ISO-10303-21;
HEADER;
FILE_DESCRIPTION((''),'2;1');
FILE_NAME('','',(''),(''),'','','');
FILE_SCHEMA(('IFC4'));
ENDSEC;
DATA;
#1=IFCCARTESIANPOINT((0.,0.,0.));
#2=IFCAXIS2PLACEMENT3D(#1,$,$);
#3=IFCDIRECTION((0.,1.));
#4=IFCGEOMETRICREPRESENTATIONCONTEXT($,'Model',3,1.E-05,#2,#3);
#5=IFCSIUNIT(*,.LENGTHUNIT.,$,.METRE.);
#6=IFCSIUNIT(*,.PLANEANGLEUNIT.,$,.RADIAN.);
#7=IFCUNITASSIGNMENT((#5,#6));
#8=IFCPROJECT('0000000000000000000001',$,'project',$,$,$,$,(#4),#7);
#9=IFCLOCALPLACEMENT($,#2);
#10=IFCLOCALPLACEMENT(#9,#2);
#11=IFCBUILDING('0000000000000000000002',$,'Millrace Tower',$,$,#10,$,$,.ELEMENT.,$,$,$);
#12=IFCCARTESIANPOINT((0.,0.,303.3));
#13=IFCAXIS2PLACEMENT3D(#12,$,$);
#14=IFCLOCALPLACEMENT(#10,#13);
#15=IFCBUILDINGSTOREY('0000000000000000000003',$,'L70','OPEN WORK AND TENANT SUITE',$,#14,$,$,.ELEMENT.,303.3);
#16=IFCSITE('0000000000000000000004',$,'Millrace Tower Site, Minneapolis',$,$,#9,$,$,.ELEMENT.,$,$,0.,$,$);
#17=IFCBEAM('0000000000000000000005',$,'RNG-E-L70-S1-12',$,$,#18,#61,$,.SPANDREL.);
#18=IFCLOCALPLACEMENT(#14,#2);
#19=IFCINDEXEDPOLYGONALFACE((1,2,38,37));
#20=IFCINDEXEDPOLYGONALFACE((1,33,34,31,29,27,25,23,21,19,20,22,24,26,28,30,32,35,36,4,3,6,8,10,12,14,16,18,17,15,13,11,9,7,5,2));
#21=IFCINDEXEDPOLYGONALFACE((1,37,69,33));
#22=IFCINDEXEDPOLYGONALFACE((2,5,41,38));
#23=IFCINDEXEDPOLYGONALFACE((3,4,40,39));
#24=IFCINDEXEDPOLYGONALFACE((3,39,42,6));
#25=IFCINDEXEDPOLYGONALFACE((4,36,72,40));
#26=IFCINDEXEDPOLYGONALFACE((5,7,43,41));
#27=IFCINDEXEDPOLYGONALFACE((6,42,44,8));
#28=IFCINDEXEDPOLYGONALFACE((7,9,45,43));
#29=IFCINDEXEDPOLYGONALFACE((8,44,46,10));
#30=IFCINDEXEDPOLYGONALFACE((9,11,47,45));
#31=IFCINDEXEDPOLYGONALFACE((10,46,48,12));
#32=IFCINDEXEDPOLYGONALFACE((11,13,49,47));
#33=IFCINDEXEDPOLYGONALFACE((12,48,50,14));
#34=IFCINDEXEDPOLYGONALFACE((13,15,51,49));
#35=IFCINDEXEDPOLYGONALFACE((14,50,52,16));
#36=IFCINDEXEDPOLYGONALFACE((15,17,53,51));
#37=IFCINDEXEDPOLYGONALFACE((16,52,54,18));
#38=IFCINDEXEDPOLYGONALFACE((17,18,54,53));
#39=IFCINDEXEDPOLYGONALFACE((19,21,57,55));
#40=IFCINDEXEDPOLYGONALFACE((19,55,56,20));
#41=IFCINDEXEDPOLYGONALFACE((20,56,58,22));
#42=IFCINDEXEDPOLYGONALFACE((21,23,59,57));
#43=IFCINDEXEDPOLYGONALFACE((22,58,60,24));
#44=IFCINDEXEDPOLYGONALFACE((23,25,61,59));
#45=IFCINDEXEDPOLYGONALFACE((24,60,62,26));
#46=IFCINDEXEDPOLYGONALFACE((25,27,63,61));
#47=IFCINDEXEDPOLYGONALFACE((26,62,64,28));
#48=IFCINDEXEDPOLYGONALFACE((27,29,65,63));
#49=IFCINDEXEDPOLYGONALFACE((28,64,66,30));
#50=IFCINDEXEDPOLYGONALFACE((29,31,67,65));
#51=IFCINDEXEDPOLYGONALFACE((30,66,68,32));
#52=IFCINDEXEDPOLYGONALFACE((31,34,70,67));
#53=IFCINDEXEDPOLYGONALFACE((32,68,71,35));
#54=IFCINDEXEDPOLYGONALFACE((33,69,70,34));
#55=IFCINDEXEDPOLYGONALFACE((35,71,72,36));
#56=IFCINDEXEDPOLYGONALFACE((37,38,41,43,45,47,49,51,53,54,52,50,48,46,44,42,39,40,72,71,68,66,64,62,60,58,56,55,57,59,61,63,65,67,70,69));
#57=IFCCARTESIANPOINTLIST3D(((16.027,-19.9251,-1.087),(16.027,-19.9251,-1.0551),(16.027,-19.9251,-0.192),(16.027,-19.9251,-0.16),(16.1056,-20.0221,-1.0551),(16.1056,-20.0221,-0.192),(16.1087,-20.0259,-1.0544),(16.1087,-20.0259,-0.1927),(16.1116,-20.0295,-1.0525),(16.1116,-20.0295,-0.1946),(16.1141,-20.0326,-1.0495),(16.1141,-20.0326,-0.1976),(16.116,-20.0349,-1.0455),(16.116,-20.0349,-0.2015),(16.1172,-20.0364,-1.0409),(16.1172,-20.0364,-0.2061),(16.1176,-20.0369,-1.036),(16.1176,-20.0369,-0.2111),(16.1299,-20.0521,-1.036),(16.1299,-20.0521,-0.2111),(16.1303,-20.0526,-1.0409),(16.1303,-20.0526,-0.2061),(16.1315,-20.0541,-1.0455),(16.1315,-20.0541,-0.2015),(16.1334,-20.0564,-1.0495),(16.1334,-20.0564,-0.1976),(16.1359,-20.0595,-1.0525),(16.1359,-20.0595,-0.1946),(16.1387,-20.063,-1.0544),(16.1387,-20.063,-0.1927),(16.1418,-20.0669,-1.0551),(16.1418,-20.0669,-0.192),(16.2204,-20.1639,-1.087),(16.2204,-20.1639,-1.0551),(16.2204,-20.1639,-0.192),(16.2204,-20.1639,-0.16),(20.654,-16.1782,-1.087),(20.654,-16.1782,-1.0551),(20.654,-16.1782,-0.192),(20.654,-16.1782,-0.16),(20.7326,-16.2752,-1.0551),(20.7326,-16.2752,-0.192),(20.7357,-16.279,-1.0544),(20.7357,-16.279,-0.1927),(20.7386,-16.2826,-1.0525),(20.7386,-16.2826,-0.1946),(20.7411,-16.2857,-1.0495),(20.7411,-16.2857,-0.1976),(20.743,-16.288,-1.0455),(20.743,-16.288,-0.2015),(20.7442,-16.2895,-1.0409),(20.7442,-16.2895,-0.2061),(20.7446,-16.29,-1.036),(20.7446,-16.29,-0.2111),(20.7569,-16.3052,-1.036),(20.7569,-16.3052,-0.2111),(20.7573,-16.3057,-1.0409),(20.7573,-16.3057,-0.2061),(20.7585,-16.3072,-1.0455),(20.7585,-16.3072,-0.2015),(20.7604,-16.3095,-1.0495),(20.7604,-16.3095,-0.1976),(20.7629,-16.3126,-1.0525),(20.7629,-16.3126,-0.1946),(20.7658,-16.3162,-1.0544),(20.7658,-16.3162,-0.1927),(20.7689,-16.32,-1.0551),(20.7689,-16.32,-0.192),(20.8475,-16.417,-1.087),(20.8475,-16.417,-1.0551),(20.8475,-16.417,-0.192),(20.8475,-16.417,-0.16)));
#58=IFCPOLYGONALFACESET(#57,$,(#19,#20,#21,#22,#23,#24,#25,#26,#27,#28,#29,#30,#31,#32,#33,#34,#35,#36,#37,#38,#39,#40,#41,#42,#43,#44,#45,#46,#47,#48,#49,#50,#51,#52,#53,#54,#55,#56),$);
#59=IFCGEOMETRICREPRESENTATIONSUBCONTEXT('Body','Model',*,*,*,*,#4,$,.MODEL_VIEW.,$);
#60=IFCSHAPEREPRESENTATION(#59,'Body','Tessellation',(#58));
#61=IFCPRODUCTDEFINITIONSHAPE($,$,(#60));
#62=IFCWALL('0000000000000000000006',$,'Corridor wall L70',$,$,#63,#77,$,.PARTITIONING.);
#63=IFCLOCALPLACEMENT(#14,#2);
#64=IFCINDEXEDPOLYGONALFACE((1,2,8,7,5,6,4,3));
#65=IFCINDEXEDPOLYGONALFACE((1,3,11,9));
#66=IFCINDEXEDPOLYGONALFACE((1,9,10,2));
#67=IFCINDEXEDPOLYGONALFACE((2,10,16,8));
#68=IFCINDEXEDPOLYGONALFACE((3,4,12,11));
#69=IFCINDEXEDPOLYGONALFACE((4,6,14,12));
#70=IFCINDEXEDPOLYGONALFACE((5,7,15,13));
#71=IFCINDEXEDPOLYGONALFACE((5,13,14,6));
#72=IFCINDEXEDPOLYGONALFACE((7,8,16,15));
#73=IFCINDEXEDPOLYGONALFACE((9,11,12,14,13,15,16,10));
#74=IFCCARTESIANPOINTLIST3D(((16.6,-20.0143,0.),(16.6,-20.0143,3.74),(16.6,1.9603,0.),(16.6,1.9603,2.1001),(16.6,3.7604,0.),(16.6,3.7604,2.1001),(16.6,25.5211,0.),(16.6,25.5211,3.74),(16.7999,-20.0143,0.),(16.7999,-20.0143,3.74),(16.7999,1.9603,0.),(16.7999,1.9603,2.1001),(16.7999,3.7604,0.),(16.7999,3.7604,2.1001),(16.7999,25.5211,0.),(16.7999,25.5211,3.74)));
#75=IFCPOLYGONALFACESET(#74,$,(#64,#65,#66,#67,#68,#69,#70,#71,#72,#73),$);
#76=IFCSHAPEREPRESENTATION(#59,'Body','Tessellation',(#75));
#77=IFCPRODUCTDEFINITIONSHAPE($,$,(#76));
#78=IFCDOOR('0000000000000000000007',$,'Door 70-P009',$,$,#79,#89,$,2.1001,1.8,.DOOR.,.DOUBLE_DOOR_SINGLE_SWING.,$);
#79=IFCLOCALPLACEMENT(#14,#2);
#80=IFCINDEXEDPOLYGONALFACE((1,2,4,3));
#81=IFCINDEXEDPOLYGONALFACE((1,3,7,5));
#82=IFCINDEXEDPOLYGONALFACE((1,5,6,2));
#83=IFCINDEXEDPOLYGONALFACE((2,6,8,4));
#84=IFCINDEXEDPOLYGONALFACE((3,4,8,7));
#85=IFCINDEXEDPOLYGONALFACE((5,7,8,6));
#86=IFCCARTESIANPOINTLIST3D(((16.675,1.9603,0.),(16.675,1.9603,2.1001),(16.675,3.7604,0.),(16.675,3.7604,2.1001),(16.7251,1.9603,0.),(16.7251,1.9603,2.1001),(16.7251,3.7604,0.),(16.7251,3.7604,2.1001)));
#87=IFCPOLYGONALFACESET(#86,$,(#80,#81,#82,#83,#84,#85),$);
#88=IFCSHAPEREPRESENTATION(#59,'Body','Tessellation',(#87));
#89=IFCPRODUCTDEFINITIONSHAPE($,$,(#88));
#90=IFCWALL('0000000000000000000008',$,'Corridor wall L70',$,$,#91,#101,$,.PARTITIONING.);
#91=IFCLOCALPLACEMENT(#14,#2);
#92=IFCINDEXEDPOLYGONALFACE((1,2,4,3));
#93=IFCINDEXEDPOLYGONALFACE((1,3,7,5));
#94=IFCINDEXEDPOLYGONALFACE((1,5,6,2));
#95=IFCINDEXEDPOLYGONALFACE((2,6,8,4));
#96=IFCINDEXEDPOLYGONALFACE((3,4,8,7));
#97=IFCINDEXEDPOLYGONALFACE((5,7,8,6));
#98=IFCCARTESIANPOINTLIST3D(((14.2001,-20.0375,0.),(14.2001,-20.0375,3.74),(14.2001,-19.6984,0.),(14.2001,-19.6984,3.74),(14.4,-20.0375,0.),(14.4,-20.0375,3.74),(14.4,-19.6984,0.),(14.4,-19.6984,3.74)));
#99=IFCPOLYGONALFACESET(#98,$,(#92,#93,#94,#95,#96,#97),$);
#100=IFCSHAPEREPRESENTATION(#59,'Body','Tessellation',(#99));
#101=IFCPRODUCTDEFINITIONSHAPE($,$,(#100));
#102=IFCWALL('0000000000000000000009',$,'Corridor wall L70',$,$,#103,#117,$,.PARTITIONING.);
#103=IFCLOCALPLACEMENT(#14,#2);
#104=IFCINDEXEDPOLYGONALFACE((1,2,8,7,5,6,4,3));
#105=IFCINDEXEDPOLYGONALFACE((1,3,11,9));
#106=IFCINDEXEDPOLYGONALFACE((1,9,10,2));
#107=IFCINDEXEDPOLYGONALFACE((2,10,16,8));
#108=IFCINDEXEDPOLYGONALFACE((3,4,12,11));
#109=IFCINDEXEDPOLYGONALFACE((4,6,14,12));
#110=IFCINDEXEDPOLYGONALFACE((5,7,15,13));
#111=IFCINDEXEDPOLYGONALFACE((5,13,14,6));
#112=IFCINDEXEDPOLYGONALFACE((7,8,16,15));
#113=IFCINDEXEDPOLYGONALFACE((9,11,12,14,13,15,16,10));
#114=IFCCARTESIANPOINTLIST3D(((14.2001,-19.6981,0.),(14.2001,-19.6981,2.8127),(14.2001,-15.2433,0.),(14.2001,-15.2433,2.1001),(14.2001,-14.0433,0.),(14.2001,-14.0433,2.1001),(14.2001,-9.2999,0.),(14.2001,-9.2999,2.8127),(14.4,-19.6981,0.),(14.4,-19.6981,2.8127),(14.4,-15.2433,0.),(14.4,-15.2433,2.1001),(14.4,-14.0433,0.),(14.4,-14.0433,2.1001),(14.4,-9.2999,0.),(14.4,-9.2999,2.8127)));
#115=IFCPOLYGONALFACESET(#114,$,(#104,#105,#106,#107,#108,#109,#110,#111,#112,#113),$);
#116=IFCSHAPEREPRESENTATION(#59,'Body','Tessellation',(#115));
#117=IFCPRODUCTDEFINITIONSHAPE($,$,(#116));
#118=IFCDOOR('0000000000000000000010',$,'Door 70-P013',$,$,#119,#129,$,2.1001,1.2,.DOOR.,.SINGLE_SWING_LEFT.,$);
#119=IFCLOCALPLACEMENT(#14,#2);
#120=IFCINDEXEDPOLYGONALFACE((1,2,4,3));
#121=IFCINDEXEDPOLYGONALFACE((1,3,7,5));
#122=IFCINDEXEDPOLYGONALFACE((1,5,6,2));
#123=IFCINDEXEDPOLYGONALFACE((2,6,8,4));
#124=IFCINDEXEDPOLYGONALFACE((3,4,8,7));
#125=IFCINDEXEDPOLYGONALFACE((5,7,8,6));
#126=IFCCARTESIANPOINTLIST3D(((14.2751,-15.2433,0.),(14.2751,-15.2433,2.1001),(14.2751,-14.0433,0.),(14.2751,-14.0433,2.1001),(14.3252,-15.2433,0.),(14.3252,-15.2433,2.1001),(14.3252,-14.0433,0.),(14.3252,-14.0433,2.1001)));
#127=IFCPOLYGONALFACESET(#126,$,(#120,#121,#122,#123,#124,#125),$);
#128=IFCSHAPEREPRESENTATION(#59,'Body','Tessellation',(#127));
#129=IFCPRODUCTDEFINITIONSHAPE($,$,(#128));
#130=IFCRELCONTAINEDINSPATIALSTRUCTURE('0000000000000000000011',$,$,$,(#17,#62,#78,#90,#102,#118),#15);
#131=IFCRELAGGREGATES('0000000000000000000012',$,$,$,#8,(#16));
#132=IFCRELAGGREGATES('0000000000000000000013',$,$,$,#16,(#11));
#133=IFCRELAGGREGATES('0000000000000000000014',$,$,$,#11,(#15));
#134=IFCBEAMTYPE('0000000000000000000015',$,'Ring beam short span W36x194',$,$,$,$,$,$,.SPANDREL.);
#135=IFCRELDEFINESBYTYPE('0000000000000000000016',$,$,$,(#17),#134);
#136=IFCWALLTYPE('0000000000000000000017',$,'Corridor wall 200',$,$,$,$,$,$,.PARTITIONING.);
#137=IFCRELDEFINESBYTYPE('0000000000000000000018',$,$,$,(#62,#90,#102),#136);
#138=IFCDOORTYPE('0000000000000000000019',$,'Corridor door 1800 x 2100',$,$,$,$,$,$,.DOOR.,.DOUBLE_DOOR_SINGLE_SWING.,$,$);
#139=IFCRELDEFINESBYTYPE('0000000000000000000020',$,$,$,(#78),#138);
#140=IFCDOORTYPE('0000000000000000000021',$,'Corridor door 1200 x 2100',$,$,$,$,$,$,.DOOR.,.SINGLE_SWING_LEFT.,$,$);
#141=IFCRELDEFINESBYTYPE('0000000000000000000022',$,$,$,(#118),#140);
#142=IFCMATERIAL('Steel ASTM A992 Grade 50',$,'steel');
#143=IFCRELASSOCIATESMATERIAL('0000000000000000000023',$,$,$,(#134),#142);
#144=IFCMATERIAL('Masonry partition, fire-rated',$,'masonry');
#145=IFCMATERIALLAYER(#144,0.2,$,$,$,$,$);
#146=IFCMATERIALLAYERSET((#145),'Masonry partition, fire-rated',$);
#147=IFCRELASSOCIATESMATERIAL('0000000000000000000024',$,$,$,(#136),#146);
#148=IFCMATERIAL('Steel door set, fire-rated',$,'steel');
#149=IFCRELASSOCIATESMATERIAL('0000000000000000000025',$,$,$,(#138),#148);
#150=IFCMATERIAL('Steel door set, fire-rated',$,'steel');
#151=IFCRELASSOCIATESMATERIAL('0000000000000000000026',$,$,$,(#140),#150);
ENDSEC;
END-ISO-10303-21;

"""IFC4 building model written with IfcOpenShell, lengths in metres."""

from ifc_helpers import new_model, si_unit, direction, frame, frame_2d, origin, origin_2d, place, context, subcontext, project, spatial, rectangle, i_section, extrude, material, layer, layer_set, material_profile, profile_set, type_object, element, fill, save


model = new_model("IFC4")

# Units and contexts
model_context = context("Model", 3, precision=1e-05, world=origin(), true_north=direction((0.0, 1.0)))
body_context = subcontext(model_context, "Body", "Model", "MODEL_VIEW")
ifc_project = project(units=[si_unit("LENGTHUNIT", "METRE"), si_unit("PLANEANGLEUNIT", "RADIAN")], contexts=[model_context])

# Site, building, storey
site_placement = place(None, origin())
site = spatial("IfcSite", under=ifc_project, at=site_placement, Name="Millrace Tower Site, Minneapolis", CompositionType="ELEMENT", RefElevation=0.0)
building_placement = place(site_placement, origin())
building = spatial("IfcBuilding", under=site, at=building_placement, Name="Millrace Tower", CompositionType="ELEMENT")
storey_placement = place(building_placement, frame((0.0, 0.0, 303.3)))
storey = spatial("IfcBuildingStorey", under=building, at=storey_placement, Name="L70", Description="OPEN WORK AND TENANT SUITE", CompositionType="ELEMENT", Elevation=303.3)

# Beam
ifc_material_1 = material(Name="Steel ASTM A992 Grade 50", Category="steel")
ifc_material_profile_1 = material_profile(ifc_material_1, i_section(OverallWidth=0.3074, OverallDepth=0.927, WebThickness=0.0195, FlangeThickness=0.032, FilletRadius=0.019, at=origin_2d()))
ifc_profile_set_1 = profile_set([ifc_material_profile_1], Name="Steel ASTM A992 Grade 50")
beam_type_1 = type_object("IfcBeamType", Name="Ring beam short span W36x194", PredefinedType="SPANDREL", material=ifc_profile_set_1)
beam_1_placement = place(storey_placement, frame((20.7507, -16.2976, -0.6235), z_axis=(-0.777147, -0.62932, 0.0), x_axis=(0.62932, -0.777147, 0.0)))
element("IfcBeam", 1, at=beam_1_placement, inside=storey, type_object=beam_type_1, Name="RNG-E-L70-S1-12", PredefinedType="SPANDREL", context=body_context, shape_type="SweptSolid", body=[
    extrude(i_section(OverallWidth=0.3074, OverallDepth=0.927, WebThickness=0.0195, FlangeThickness=0.032, FilletRadius=0.019, at=origin_2d()), origin(), (0.0, 0.0, 1.0), 5.9539),
])

# Wall, opening, door
ifc_material_2 = material(Name="Masonry partition, fire-rated", Category="masonry")
ifc_layer_1 = layer(ifc_material_2, 0.2)
ifc_layer_set_1 = layer_set([ifc_layer_1], Name="Masonry partition, fire-rated")
wall_type = type_object("IfcWallType", Name="Corridor wall 200", PredefinedType="PARTITIONING", material=ifc_layer_set_1)
wall_1_placement = place(storey_placement, frame((16.7, -20.0142, 0.0), z_axis=(0.0, 0.0, 1.0), x_axis=(0.0, 1.0, 0.0)))
wall_1 = element("IfcWall", 2, at=wall_1_placement, inside=storey, type_object=wall_type, Name="Corridor wall L70", PredefinedType="PARTITIONING", context=body_context, shape_type="SweptSolid", body=[
    extrude(rectangle(XDim=45.5354, YDim=0.2, at=frame_2d((22.7676, 0.0))), origin(), (0.0, 0.0, 1.0), 3.74),
])
opening_1_placement = place(wall_1_placement, frame((21.9746, 0.0, 0.0)))
opening_1 = element("IfcOpeningElement", 3, at=opening_1_placement, cuts=wall_1, PredefinedType="OPENING", context=body_context, shape_type="SweptSolid", body=[
    extrude(rectangle(XDim=1.8, YDim=2.1001, at=frame_2d((0.8999, 1.05))), frame((0.0, 0.1099, 0.0), z_axis=(0.0, -1.0, 0.0), x_axis=(1.0, 0.0, 0.0)), (0.0, 0.0, 1.0), 0.22),
])
ifc_material_3 = material(Name="Steel door set, fire-rated", Category="steel")
door_type_1 = type_object("IfcDoorType", Name="Corridor door 1800 x 2100", OperationType="DOUBLE_DOOR_SINGLE_SWING", PredefinedType="DOOR", material=ifc_material_3)
door_1_placement = place(opening_1_placement, origin())
door_1 = element("IfcDoor", 4, at=door_1_placement, inside=storey, type_object=door_type_1, Name="Door 70-P009", OperationType="DOUBLE_DOOR_SINGLE_SWING", OverallHeight=2.1001, OverallWidth=1.8, PredefinedType="DOOR", context=body_context, shape_type="SweptSolid", body=[
    extrude(rectangle(XDim=1.8, YDim=2.1001, at=frame_2d((0.8999, 1.05))), frame((0.0, 0.0249, 0.0), z_axis=(0.0, -1.0, 0.0), x_axis=(1.0, 0.0, 0.0)), (0.0, 0.0, 1.0), 0.05),
])
fill(opening_1, door_1)

# Wall
wall_2_placement = place(storey_placement, frame((14.3, -20.0374, 0.0), z_axis=(0.0, 0.0, 1.0), x_axis=(0.0, 1.0, 0.0)))
element("IfcWall", 5, at=wall_2_placement, inside=storey, type_object=wall_type, Name="Corridor wall L70", PredefinedType="PARTITIONING", context=body_context, shape_type="SweptSolid", body=[
    extrude(rectangle(XDim=0.3391, YDim=0.2, at=frame_2d((0.1694, 0.0))), origin(), (0.0, 0.0, 1.0), 3.74),
])

# Wall, opening, door
wall_3_placement = place(storey_placement, frame((14.3, -19.6982, 0.0), z_axis=(0.0, 0.0, 1.0), x_axis=(0.0, 1.0, 0.0)))
wall_3 = element("IfcWall", 6, at=wall_3_placement, inside=storey, type_object=wall_type, Name="Corridor wall L70", PredefinedType="PARTITIONING", context=body_context, shape_type="SweptSolid", body=[
    extrude(rectangle(XDim=10.3982, YDim=0.2, at=frame_2d((5.1992, 0.0))), origin(), (0.0, 0.0, 1.0), 2.8127),
])
opening_2_placement = place(wall_3_placement, frame((4.4548, 0.0, 0.0)))
opening_2 = element("IfcOpeningElement", 7, at=opening_2_placement, cuts=wall_3, PredefinedType="OPENING", context=body_context, shape_type="SweptSolid", body=[
    extrude(rectangle(XDim=1.2, YDim=2.1001, at=frame_2d((0.6001, 1.05))), frame((0.0, 0.1099, 0.0), z_axis=(0.0, -1.0, 0.0), x_axis=(1.0, 0.0, 0.0)), (0.0, 0.0, 1.0), 0.22),
])
ifc_material_4 = material(Name="Steel door set, fire-rated", Category="steel")
door_type_2 = type_object("IfcDoorType", Name="Corridor door 1200 x 2100", OperationType="SINGLE_SWING_LEFT", PredefinedType="DOOR", material=ifc_material_4)
door_2_placement = place(opening_2_placement, origin())
door_2 = element("IfcDoor", 8, at=door_2_placement, inside=storey, type_object=door_type_2, Name="Door 70-P013", OperationType="SINGLE_SWING_LEFT", OverallHeight=2.1001, OverallWidth=1.2, PredefinedType="DOOR", context=body_context, shape_type="SweptSolid", body=[
    extrude(rectangle(XDim=1.2, YDim=2.1001, at=frame_2d((0.6001, 1.05))), frame((0.0, 0.0249, 0.0), z_axis=(0.0, -1.0, 0.0), x_axis=(1.0, 0.0, 0.0)), (0.0, 0.0, 1.0), 0.05),
])
fill(opening_2, door_2)

save(model, "model.ifc")
